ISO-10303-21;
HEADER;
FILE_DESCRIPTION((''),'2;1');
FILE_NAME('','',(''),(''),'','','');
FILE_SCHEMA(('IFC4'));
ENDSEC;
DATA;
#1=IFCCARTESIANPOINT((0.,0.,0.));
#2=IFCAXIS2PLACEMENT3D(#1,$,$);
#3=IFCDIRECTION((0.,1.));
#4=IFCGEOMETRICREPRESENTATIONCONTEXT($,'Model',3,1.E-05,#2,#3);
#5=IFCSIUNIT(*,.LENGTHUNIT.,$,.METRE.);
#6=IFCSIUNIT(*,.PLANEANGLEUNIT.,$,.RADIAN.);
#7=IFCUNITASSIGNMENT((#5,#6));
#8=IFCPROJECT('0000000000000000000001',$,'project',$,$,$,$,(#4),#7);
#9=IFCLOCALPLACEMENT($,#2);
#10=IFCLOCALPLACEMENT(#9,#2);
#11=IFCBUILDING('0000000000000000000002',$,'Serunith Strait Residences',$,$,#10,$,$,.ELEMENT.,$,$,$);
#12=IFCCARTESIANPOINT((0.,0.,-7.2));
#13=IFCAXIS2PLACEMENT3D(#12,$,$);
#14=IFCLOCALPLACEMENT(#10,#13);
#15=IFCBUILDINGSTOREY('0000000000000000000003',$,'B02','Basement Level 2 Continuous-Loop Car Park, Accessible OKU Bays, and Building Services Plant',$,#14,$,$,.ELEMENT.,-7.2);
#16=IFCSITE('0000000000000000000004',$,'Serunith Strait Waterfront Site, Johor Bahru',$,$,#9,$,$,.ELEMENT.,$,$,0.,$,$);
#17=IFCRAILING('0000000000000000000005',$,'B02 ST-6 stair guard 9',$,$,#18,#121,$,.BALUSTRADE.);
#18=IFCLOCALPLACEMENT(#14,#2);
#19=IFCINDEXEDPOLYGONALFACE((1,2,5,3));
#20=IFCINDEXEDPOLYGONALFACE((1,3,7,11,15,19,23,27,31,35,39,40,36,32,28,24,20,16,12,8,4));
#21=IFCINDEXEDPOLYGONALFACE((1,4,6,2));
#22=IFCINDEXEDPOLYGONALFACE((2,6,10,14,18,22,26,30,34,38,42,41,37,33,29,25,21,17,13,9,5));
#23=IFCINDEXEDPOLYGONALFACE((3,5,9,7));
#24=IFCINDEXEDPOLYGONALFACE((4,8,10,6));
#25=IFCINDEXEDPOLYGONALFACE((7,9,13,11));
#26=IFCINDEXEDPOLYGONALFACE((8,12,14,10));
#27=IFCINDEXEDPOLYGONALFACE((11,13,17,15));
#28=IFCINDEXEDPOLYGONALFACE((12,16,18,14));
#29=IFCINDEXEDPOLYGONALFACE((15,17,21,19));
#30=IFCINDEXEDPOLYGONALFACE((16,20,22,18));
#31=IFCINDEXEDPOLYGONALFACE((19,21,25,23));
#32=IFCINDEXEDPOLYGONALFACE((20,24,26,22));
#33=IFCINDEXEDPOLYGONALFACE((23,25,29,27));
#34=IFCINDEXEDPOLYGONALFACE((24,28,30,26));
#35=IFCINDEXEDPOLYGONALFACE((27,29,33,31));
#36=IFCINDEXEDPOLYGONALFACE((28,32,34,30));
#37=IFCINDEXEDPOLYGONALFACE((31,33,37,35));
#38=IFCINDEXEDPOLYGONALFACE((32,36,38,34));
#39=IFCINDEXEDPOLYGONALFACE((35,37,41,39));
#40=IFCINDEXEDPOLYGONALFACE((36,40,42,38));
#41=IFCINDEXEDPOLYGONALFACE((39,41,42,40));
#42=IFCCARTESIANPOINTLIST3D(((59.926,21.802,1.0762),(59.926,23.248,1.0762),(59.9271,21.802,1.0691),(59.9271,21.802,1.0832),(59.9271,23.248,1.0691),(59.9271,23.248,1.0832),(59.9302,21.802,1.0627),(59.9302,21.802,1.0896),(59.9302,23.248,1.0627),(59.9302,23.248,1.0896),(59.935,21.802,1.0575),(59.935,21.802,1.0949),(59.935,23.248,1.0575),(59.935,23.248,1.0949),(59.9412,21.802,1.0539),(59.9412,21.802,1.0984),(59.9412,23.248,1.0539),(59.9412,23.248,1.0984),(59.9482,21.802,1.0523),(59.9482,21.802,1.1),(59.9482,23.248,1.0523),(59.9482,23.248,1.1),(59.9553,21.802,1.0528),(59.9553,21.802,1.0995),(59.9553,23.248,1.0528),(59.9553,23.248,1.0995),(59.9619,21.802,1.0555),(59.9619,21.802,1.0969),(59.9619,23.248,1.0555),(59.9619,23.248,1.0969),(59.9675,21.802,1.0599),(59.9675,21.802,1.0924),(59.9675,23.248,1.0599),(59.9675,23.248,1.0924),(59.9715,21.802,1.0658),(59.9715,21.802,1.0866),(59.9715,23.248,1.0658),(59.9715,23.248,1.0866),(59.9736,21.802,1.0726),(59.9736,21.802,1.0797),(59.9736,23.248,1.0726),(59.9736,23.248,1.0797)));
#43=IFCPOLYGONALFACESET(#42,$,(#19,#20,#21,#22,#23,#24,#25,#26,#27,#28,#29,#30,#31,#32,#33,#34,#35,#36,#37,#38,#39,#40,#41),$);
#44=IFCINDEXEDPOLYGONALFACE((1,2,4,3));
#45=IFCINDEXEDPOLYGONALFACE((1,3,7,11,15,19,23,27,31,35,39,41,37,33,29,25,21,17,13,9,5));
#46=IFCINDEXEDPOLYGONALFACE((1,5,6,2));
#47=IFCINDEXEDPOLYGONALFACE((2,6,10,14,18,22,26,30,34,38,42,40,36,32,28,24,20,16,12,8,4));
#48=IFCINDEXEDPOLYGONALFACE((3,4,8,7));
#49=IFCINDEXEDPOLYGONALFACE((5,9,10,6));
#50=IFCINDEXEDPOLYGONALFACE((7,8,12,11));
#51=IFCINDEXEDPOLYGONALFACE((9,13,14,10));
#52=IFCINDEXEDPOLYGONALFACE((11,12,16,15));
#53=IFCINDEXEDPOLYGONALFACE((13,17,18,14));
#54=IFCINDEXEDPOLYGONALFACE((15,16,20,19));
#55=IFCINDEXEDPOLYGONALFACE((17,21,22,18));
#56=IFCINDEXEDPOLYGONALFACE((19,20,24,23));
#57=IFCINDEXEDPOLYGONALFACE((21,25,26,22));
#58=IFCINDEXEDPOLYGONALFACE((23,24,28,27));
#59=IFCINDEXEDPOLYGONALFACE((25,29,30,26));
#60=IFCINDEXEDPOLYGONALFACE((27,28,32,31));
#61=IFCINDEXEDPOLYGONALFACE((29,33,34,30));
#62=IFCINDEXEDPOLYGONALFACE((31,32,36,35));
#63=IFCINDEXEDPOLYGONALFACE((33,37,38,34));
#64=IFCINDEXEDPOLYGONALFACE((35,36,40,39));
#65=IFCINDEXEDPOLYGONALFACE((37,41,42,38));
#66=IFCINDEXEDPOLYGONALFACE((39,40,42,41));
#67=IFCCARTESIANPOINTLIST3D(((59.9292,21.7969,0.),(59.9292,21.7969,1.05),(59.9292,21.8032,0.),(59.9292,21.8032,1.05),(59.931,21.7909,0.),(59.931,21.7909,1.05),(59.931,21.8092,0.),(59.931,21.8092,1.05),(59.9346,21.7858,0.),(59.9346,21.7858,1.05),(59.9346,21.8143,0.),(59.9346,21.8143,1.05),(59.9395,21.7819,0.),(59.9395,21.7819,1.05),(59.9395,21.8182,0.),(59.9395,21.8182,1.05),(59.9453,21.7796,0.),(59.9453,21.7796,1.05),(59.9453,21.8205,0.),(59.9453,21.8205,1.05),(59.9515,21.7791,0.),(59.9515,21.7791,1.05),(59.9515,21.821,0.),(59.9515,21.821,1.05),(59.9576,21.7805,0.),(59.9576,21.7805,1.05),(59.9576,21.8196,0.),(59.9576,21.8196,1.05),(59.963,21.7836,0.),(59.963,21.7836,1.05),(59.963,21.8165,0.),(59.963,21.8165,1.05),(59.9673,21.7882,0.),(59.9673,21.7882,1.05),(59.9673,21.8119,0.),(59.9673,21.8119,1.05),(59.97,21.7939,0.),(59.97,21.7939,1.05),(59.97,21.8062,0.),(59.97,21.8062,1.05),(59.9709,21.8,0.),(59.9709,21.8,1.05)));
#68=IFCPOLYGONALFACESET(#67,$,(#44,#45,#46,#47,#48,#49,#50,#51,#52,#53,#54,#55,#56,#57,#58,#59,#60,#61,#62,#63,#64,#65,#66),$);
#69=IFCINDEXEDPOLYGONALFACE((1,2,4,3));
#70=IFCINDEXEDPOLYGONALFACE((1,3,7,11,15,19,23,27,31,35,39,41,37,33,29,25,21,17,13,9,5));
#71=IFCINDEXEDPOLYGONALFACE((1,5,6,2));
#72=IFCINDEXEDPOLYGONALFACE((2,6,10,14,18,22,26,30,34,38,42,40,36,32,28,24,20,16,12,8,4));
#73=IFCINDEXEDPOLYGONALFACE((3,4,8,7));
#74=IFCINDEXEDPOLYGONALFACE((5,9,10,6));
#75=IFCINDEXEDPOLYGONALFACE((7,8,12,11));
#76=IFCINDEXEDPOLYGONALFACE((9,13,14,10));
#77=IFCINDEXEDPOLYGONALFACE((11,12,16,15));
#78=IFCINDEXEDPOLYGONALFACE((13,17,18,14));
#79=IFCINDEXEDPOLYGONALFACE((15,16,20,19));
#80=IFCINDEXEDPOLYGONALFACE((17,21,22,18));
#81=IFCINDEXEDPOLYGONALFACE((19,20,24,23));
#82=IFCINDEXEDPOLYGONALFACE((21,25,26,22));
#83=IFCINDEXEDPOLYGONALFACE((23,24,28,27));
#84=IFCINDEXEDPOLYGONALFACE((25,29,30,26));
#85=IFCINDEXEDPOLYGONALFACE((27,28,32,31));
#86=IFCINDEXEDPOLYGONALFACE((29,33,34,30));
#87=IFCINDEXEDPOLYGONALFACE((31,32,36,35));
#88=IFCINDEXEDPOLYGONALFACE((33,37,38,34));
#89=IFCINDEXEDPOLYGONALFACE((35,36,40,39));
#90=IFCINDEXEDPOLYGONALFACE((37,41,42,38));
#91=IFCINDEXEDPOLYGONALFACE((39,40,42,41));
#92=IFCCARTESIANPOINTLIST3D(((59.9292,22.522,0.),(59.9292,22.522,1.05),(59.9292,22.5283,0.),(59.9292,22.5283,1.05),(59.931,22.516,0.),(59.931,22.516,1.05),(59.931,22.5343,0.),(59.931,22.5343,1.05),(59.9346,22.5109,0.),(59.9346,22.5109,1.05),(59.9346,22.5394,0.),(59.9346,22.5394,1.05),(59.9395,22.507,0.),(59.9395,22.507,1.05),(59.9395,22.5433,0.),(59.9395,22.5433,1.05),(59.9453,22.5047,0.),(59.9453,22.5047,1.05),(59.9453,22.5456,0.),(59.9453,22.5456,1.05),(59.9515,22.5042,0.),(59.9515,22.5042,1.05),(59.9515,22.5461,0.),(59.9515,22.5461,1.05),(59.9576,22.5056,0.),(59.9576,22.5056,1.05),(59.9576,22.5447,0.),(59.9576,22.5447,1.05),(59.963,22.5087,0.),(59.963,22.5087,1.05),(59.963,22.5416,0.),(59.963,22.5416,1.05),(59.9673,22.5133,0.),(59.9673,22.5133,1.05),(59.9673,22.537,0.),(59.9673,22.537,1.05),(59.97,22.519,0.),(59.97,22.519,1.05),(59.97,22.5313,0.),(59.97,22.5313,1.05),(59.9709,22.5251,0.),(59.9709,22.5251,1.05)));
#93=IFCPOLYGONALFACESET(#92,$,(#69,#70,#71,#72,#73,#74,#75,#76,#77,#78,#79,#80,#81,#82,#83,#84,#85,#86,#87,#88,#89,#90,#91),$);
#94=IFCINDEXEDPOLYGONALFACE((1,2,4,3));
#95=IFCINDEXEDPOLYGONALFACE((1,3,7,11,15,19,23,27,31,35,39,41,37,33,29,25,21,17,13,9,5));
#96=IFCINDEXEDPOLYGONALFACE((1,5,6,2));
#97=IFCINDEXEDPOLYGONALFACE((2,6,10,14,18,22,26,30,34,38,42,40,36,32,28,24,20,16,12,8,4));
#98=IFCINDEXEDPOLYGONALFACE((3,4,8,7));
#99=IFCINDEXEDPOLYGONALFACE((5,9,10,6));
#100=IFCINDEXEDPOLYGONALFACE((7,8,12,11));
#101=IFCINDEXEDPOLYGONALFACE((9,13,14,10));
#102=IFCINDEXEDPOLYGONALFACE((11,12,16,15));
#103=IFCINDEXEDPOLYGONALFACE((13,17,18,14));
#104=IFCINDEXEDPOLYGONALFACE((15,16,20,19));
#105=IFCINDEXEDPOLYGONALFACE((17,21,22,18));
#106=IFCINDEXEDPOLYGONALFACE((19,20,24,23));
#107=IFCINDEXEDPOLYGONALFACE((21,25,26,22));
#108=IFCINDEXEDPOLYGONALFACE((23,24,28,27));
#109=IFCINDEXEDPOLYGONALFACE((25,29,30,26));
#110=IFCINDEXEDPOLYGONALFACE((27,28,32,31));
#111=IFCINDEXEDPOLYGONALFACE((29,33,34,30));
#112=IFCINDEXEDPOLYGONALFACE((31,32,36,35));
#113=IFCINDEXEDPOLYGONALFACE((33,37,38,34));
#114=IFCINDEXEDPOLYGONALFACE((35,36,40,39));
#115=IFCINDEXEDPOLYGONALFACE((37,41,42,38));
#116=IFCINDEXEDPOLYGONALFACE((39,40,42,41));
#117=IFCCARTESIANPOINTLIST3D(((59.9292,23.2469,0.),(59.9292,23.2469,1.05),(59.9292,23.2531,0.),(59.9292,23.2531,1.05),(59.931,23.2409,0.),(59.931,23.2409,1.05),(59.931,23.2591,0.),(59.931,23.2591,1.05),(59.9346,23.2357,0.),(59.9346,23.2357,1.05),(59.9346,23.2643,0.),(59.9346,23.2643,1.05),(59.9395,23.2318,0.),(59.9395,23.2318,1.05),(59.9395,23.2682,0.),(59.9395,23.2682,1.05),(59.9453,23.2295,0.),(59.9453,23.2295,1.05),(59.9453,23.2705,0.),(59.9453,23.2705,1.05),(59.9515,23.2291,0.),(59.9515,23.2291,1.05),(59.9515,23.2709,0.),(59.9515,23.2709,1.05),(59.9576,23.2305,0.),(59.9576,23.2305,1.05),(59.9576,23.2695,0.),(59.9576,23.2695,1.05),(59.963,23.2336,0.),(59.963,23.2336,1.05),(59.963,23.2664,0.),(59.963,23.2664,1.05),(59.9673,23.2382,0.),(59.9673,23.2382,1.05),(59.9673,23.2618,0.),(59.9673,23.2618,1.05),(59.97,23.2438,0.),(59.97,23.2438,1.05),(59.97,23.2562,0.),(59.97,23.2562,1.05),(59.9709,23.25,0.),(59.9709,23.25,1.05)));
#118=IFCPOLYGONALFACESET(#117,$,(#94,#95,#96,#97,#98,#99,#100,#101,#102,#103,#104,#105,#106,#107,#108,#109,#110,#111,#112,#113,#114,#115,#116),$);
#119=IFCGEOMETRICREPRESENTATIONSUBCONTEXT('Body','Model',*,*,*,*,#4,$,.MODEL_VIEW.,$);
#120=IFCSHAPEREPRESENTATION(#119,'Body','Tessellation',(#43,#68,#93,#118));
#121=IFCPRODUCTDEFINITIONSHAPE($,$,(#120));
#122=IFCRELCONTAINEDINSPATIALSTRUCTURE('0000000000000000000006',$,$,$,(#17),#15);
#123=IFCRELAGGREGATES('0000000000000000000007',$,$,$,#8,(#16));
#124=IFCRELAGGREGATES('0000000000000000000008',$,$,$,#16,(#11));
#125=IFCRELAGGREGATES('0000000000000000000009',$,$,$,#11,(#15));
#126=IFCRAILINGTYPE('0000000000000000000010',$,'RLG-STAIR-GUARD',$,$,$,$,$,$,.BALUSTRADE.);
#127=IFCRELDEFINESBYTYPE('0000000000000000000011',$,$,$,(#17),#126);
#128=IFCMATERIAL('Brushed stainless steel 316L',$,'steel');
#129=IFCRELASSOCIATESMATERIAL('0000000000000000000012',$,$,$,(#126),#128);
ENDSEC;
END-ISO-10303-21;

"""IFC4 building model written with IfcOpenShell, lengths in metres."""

from ifc_helpers import new_model, si_unit, direction, frame, origin, origin_2d, place, context, subcontext, project, spatial, circle, extrude, material, type_object, element, save


model = new_model("IFC4")

# Units and contexts
model_context = context("Model", 3, precision=1e-05, world=origin(), true_north=direction((0.0, 1.0)))
body_context = subcontext(model_context, "Body", "Model", "MODEL_VIEW")
ifc_project = project(units=[si_unit("LENGTHUNIT", "METRE"), si_unit("PLANEANGLEUNIT", "RADIAN")], contexts=[model_context])

# Site, building, storey
site_placement = place(None, origin())
site = spatial("IfcSite", under=ifc_project, at=site_placement, Name="Serunith Strait Waterfront Site, Johor Bahru", CompositionType="ELEMENT", RefElevation=0.0)
building_placement = place(site_placement, origin())
building = spatial("IfcBuilding", under=site, at=building_placement, Name="Serunith Strait Residences", CompositionType="ELEMENT")
storey_placement = place(building_placement, frame((0.0, 0.0, -7.2)))
storey = spatial("IfcBuildingStorey", under=building, at=storey_placement, Name="B02", Description="Basement Level 2 Continuous-Loop Car Park, Accessible OKU Bays, and Building Services Plant", CompositionType="ELEMENT", Elevation=-7.2)

# Railing
ifc_material_1 = material(Name="Brushed stainless steel 316L", Category="steel")
railing_type_1 = type_object("IfcRailingType", Name="RLG-STAIR-GUARD", PredefinedType="BALUSTRADE", material=ifc_material_1)
for number, where, name in (
    (1, (59.95, 21.8, 0.0), "B02 ST-6 stair guard 9"),
):
    element("IfcRailing", number, at=place(storey_placement, frame(where)), inside=storey, type_object=railing_type_1, Name=name, PredefinedType="BALUSTRADE", context=body_context, shape_type="SweptSolid", body=[
        extrude(circle(Radius=0.0239, at=origin_2d()), frame((0.0, 0.002, 1.0762), z_axis=(0.0, 1.0, 0.0), x_axis=(-1.0, 0.0, 0.0)), (0.0, 0.0, 1.0), 1.446),
        extrude(circle(Radius=0.021, at=origin_2d()), origin(), (0.0, 0.0, 1.0), 1.05),
        extrude(circle(Radius=0.021, at=origin_2d()), frame((0.0, 0.7251, 0.0)), (0.0, 0.0, 1.0), 1.05),
        extrude(circle(Radius=0.021, at=origin_2d()), frame((0.0, 1.45, 0.0)), (0.0, 0.0, 1.0), 1.05),
    ])

save(model, "model.ifc")
